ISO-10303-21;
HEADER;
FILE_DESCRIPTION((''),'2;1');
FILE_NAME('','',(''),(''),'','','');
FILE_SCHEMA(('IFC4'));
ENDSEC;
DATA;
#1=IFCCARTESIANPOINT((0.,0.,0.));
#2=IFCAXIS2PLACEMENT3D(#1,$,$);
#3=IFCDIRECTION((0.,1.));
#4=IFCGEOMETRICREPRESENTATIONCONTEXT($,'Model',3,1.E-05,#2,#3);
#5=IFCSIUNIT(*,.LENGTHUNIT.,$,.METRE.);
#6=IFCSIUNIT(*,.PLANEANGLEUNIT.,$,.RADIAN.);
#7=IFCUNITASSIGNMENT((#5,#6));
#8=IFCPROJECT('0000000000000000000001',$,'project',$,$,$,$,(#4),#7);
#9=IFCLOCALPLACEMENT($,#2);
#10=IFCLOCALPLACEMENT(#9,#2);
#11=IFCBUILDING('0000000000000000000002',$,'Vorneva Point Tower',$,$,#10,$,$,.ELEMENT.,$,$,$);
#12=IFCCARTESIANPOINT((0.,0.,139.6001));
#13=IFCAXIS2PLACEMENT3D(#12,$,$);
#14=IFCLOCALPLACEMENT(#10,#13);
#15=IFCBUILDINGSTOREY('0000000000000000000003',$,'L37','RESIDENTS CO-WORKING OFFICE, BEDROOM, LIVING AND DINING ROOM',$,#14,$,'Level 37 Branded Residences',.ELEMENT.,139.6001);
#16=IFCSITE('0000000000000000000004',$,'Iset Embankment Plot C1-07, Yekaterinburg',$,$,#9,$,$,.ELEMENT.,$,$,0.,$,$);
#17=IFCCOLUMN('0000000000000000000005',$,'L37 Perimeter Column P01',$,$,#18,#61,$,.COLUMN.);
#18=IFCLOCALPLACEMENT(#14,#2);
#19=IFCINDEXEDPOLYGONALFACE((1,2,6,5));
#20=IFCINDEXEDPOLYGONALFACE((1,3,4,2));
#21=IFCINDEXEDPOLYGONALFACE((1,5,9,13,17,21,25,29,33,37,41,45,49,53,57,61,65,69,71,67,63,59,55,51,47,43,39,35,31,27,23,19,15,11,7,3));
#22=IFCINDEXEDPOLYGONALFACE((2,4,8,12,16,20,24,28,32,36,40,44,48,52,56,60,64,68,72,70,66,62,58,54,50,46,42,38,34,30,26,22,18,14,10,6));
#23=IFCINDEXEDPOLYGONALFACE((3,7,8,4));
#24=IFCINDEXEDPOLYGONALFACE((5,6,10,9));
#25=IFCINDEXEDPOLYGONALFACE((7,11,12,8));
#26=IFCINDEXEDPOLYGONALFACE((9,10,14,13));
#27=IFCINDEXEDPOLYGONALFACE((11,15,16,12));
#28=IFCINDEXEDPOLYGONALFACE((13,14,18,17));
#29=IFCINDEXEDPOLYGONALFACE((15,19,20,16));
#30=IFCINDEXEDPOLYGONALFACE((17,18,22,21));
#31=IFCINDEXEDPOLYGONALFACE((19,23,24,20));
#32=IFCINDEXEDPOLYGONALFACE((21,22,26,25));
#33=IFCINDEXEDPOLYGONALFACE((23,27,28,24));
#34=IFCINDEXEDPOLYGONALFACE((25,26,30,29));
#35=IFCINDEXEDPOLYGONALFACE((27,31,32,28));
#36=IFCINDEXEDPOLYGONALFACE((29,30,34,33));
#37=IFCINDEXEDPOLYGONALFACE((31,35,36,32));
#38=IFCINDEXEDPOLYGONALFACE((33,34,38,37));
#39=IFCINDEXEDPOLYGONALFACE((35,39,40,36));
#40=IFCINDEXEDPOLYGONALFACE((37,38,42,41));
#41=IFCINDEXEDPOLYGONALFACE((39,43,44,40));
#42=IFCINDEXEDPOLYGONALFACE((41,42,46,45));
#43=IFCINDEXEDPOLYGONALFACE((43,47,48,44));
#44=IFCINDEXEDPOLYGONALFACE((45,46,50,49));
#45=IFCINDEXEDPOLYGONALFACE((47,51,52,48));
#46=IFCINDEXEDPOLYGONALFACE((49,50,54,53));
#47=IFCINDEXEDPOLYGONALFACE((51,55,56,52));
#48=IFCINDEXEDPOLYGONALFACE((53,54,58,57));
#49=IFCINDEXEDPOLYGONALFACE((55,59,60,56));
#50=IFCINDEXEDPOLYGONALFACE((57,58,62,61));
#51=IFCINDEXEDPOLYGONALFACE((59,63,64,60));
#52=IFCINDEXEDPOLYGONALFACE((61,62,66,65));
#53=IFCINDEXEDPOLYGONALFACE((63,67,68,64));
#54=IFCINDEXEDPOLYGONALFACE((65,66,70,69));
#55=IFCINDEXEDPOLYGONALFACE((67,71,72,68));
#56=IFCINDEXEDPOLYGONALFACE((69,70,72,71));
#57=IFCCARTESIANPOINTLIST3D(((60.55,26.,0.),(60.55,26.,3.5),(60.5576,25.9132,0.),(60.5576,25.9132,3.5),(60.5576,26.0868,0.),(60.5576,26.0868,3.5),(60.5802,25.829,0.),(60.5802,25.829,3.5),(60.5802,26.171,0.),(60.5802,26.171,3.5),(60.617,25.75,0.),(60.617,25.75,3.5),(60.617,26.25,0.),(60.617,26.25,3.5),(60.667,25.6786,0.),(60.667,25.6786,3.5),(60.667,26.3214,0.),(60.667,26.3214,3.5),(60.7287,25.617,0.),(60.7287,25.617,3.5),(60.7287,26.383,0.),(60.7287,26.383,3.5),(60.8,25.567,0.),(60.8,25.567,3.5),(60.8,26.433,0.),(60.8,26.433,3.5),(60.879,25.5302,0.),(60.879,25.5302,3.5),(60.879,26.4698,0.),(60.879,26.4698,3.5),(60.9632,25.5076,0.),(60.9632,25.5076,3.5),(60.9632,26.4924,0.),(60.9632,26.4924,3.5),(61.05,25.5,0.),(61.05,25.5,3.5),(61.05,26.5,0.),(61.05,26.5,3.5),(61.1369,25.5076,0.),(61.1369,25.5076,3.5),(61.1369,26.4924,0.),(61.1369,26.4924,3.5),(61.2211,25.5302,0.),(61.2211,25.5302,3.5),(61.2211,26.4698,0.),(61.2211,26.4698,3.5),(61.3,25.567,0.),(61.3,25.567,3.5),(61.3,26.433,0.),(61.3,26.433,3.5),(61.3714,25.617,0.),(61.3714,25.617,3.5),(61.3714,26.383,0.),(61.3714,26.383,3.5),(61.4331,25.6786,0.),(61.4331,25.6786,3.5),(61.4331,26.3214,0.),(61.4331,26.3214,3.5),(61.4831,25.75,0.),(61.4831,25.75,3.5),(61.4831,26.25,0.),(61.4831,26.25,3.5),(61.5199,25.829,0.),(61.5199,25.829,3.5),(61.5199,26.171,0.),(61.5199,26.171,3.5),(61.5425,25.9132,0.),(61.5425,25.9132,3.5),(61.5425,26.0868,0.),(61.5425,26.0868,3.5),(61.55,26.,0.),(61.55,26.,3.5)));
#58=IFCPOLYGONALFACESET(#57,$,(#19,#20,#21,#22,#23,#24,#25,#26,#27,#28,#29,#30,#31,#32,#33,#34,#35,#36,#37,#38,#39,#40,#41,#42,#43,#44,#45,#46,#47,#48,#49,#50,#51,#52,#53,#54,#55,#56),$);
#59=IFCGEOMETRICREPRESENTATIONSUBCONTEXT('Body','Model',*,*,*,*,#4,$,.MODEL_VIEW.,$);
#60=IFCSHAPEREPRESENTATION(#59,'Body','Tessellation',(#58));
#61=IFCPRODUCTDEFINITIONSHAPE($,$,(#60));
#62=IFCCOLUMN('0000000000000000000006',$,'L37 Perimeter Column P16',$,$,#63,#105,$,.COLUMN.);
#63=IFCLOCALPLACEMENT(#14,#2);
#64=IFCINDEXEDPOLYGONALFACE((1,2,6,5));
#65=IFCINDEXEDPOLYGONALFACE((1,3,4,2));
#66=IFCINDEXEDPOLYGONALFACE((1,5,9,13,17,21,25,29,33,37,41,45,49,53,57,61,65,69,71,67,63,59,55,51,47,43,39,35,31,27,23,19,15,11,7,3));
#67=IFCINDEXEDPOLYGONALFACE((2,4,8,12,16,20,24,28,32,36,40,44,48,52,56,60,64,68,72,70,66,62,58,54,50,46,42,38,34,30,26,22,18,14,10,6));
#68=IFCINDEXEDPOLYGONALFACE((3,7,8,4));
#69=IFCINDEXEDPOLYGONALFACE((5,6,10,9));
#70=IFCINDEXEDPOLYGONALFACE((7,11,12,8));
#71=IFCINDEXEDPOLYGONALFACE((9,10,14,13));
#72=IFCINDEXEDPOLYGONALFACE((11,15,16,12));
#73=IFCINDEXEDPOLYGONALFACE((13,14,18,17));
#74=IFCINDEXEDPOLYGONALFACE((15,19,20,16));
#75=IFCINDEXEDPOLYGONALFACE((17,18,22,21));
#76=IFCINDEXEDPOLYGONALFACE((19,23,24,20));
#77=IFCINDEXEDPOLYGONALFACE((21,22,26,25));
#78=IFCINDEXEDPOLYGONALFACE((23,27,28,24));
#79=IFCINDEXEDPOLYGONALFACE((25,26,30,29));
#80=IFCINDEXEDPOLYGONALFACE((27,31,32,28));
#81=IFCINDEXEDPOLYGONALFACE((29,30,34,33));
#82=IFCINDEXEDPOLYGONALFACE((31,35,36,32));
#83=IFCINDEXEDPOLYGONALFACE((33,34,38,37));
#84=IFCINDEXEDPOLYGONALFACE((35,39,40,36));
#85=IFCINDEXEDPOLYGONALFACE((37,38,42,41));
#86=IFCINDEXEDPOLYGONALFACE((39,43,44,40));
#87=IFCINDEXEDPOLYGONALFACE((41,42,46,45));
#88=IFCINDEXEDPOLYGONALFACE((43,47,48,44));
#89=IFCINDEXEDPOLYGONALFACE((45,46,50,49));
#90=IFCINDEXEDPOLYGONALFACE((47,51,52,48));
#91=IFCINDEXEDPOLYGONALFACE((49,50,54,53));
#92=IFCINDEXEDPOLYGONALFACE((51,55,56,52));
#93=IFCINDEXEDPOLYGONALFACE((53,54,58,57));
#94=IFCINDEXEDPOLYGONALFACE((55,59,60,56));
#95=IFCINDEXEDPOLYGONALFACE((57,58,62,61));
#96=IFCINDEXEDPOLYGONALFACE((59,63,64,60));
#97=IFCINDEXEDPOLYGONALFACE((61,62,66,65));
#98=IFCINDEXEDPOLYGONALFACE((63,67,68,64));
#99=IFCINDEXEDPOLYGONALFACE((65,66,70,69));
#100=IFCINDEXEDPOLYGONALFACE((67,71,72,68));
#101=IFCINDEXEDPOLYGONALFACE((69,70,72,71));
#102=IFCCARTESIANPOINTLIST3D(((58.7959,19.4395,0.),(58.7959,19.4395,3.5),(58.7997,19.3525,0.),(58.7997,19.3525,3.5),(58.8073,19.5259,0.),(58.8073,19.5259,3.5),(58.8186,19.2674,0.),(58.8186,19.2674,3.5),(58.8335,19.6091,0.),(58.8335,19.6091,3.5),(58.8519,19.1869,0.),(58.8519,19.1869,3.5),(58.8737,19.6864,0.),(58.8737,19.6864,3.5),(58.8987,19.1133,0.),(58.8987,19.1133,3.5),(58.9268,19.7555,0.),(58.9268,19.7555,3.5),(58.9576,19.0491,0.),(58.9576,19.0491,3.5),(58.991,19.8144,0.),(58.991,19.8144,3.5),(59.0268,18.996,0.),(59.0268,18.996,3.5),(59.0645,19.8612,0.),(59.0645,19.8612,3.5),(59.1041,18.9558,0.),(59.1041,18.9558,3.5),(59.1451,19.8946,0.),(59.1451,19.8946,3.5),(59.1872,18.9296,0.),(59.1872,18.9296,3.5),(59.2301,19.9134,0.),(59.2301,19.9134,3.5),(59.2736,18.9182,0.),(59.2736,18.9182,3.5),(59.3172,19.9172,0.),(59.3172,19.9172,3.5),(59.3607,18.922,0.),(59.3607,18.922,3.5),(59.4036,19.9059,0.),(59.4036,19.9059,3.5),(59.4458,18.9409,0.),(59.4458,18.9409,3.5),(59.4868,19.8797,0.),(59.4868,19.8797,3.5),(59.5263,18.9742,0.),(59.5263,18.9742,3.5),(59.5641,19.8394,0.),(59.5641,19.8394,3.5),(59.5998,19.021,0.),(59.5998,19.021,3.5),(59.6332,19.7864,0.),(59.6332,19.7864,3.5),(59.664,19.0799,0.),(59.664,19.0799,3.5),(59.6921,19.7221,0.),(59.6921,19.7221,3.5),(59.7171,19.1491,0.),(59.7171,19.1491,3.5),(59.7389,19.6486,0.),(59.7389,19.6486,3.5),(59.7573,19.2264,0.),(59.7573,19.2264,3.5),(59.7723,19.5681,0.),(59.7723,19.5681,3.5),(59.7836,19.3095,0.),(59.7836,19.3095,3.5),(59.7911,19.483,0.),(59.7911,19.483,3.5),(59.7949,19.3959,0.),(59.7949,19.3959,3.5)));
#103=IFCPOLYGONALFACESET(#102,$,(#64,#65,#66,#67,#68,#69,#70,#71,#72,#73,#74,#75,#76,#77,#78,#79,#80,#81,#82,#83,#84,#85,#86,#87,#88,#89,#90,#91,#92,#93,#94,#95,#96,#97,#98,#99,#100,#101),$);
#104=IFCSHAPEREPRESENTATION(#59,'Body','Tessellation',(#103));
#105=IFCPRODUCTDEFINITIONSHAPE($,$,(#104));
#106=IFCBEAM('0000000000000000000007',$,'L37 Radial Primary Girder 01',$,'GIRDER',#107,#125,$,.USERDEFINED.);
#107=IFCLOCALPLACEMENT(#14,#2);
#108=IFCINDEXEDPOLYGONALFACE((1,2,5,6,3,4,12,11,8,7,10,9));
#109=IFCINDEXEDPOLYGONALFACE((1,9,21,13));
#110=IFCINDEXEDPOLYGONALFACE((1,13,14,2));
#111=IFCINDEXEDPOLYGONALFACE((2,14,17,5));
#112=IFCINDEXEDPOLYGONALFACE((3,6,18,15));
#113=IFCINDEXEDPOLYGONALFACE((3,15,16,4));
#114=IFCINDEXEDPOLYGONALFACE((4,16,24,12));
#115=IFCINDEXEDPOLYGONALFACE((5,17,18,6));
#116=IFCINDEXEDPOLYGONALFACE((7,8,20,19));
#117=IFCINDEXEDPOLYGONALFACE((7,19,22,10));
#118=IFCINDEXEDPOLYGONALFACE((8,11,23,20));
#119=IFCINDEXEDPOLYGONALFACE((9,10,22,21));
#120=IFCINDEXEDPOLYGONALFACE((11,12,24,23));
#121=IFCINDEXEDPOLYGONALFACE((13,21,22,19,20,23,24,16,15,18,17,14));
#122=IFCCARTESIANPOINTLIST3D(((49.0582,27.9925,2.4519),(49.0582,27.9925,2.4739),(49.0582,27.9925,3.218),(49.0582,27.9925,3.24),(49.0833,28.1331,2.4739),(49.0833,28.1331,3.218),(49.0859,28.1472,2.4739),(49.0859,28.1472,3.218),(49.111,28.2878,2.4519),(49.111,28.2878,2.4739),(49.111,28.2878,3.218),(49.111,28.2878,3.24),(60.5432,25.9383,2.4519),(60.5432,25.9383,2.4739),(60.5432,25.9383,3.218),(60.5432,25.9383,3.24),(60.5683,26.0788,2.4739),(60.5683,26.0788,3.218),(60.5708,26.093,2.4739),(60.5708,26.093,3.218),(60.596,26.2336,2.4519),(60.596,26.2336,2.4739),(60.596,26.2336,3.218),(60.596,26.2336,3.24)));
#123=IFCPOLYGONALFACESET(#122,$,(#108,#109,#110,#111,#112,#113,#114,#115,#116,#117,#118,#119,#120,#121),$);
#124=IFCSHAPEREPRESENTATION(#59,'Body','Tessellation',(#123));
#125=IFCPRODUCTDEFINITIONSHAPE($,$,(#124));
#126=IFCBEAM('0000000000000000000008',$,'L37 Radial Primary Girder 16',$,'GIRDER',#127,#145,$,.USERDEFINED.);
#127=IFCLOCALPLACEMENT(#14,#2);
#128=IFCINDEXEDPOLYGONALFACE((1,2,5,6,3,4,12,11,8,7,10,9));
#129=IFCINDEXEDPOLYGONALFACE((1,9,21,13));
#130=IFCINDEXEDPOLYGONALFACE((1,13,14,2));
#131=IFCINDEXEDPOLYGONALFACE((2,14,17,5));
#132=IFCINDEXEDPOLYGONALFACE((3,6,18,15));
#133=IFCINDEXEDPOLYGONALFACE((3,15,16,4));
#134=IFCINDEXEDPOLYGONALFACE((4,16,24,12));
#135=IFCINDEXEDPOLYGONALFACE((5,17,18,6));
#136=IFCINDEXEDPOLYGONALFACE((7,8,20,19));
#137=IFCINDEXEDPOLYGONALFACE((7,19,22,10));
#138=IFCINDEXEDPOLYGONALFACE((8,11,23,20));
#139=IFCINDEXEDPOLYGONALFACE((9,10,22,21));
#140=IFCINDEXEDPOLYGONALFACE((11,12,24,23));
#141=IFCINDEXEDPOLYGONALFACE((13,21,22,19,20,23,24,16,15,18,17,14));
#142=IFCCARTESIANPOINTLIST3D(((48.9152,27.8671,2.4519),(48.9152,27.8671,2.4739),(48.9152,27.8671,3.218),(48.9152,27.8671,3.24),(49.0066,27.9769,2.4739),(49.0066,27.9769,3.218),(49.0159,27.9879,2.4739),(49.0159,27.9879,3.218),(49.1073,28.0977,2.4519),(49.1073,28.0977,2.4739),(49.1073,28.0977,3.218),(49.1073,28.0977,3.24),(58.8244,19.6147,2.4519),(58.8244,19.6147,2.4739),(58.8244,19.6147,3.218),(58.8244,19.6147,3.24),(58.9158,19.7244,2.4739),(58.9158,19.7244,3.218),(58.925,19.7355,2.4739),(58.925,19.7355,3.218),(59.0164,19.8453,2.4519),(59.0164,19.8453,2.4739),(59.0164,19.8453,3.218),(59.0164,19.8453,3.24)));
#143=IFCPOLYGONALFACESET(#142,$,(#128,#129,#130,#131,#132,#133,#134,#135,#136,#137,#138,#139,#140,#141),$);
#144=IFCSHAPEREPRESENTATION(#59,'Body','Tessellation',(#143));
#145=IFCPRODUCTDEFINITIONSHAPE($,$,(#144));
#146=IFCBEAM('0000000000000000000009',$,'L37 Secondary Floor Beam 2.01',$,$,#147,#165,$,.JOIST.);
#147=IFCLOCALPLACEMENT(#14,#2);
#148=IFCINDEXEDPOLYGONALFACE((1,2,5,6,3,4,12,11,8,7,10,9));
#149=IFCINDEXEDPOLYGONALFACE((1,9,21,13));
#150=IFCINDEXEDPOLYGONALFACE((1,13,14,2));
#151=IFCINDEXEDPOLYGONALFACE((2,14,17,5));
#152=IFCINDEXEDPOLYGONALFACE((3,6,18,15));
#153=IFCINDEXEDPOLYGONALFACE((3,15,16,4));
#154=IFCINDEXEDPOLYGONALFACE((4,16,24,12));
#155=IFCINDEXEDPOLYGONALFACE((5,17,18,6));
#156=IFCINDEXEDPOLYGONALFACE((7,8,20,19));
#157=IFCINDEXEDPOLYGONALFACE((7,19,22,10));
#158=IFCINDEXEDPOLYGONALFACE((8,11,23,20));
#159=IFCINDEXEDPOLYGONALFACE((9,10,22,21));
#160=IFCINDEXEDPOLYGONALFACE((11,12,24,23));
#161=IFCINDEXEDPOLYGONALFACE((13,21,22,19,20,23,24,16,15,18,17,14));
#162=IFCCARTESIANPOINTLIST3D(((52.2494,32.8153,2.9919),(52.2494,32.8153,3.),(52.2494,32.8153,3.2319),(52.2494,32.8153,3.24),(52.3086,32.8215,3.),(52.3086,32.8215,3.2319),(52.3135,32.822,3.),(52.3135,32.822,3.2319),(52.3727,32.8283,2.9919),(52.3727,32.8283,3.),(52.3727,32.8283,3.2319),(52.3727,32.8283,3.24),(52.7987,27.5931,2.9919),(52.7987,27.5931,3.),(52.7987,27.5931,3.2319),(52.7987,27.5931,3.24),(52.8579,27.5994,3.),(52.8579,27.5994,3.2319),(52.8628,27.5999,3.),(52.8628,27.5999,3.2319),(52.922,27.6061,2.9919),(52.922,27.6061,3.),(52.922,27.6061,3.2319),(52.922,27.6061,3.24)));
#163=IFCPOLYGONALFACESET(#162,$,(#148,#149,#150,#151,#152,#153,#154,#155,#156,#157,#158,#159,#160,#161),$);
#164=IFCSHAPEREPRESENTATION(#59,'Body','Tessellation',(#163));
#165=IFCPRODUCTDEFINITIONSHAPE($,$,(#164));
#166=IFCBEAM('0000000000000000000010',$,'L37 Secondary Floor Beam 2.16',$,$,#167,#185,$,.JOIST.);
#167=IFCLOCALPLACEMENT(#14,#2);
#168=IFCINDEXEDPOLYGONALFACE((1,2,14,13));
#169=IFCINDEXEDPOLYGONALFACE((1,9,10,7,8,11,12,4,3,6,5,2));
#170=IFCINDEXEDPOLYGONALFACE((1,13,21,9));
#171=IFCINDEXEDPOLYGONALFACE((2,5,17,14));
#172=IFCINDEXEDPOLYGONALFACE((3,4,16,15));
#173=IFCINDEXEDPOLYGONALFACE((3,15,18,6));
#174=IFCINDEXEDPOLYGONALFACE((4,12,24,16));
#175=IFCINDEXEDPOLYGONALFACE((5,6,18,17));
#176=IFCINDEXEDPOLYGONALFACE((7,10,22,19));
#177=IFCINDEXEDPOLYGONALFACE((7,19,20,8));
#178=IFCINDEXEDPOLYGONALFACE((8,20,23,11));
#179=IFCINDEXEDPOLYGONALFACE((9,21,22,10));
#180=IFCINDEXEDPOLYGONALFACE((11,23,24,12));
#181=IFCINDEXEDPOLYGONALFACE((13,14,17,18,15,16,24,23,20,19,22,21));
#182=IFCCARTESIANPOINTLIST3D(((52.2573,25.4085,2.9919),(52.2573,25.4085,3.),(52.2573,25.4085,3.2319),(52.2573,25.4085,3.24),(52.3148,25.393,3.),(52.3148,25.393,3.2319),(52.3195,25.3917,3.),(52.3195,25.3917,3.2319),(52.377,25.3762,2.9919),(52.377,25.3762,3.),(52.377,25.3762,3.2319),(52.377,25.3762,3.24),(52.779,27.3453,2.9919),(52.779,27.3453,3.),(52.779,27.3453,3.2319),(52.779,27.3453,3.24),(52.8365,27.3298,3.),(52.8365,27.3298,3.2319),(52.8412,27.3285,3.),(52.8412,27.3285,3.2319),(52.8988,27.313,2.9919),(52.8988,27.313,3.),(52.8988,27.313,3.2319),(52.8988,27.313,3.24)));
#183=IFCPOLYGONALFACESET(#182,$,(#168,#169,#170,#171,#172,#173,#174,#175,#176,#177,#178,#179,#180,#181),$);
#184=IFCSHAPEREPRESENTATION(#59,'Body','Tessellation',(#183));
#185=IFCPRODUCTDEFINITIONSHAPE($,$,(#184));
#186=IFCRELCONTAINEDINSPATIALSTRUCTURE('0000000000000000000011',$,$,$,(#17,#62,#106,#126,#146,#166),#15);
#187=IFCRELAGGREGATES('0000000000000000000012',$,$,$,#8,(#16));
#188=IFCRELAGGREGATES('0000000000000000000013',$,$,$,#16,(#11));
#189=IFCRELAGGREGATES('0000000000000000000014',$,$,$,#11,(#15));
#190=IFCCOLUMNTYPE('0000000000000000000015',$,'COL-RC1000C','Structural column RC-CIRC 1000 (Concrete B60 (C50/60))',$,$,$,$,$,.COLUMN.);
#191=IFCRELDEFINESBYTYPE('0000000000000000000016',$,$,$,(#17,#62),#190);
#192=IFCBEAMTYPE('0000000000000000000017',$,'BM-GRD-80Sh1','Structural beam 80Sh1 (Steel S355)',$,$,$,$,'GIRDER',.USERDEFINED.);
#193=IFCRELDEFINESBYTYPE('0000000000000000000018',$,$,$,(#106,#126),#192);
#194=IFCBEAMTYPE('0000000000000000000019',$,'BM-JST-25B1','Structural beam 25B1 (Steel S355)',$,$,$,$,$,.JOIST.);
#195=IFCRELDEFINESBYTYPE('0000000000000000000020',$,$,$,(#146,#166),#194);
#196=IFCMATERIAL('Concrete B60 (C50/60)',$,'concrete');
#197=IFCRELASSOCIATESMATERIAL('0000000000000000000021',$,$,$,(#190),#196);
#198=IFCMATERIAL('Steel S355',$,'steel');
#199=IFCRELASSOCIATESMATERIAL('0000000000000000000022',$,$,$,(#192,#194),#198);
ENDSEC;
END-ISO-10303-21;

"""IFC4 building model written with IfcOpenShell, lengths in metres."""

from ifc_helpers import new_model, si_unit, direction, frame, origin, origin_2d, place, context, subcontext, project, spatial, circle, i_section, extrude, material, material_profile, profile_set, type_object, element, save


model = new_model("IFC4")

# Units and contexts
model_context = context("Model", 3, precision=1e-05, world=origin(), true_north=direction((0.0, 1.0)))
body_context = subcontext(model_context, "Body", "Model", "MODEL_VIEW")
ifc_project = project(units=[si_unit("LENGTHUNIT", "METRE"), si_unit("PLANEANGLEUNIT", "RADIAN")], contexts=[model_context])

# Site, building, storey
site_placement = place(None, origin())
site = spatial("IfcSite", under=ifc_project, at=site_placement, Name="Iset Embankment Plot C1-07, Yekaterinburg", CompositionType="ELEMENT", RefElevation=0.0)
building_placement = place(site_placement, origin())
building = spatial("IfcBuilding", under=site, at=building_placement, Name="Vorneva Point Tower", CompositionType="ELEMENT")
storey_placement = place(building_placement, frame((0.0, 0.0, 139.6001)))
storey = spatial("IfcBuildingStorey", under=building, at=storey_placement, Name="L37", Description="RESIDENTS CO-WORKING OFFICE, BEDROOM, LIVING AND DINING ROOM", LongName="Level 37 Branded Residences", CompositionType="ELEMENT", Elevation=139.6001)

# Columns
ifc_material_1 = material(Name="Concrete B60 (C50/60)", Category="concrete")
ifc_material_profile_1 = material_profile(ifc_material_1, circle(Radius=0.5, at=origin_2d()), Name="RC-CIRC 1000")
ifc_profile_set_1 = profile_set([ifc_material_profile_1], Name="Concrete B60 (C50/60)")
column_type = type_object("IfcColumnType", Name="COL-RC1000C", Description="Structural column RC-CIRC 1000 (Concrete B60 (C50/60))", PredefinedType="COLUMN", material=ifc_profile_set_1)
for number, where, z_axis, x_axis, name in (
    (1, (61.05, 26.0, 0.0), (0.0, 0.0, 1.0), (1.0, 0.0, 0.0), "L37 Perimeter Column P01"),
    (2, (59.2954, 19.4177, 0.0), (0.0, 0.0, 1.0), (0.92388, -0.382683, 0.0), "L37 Perimeter Column P16"),
):
    element("IfcColumn", number, at=place(storey_placement, frame(where, z_axis=z_axis, x_axis=x_axis)), inside=storey, type_object=column_type, Name=name, PredefinedType="COLUMN", context=body_context, shape_type="SweptSolid", body=[
        extrude(circle(Radius=0.5, at=origin_2d()), origin(), (0.0, 0.0, 1.0), 3.5),
    ])

# Beams
ifc_material_2 = material(Name="Steel S355", Category="steel")
ifc_material_profile_2 = material_profile(ifc_material_2, i_section(OverallWidth=0.3, OverallDepth=0.7881, WebThickness=0.0144, FlangeThickness=0.022, at=origin_2d()), Name="80Sh1")
ifc_profile_set_2 = profile_set([ifc_material_profile_2], Name="Steel S355")
beam_type_1 = type_object("IfcBeamType", Name="BM-GRD-80Sh1", Description="Structural beam 80Sh1 (Steel S355)", ElementType="GIRDER", PredefinedType="USERDEFINED", material=ifc_profile_set_2)
beam_1_placement = place(storey_placement, frame((60.5696, 26.0859, 2.8459), z_axis=(-0.984378, 0.176067, 0.0), x_axis=(-0.176067, -0.984378, 0.0)))
element("IfcBeam", 3, at=beam_1_placement, inside=storey, type_object=beam_type_1, Name="L37 Radial Primary Girder 01", ObjectType="GIRDER", PredefinedType="USERDEFINED", context=body_context, shape_type="SweptSolid", body=[
    extrude(i_section(OverallWidth=0.3, OverallDepth=0.7881, WebThickness=0.0144, FlangeThickness=0.022, at=origin_2d()), origin(), (0.0, 0.0, 1.0), 11.6672),
])
beam_2_placement = place(storey_placement, frame((58.9204, 19.73, 2.8459), z_axis=(-0.76842, 0.639946, 0.0), x_axis=(-0.639946, -0.76842, 0.0)))
element("IfcBeam", 4, at=beam_2_placement, inside=storey, type_object=beam_type_1, Name="L37 Radial Primary Girder 16", ObjectType="GIRDER", PredefinedType="USERDEFINED", context=body_context, shape_type="SweptSolid", body=[
    extrude(i_section(OverallWidth=0.3, OverallDepth=0.7881, WebThickness=0.0144, FlangeThickness=0.022, at=origin_2d()), origin(), (0.0, 0.0, 1.0), 12.8955),
])
ifc_material_profile_3 = material_profile(ifc_material_2, i_section(OverallWidth=0.124, OverallDepth=0.248, WebThickness=0.0049, FlangeThickness=0.0081, at=origin_2d()), Name="25B1")
ifc_profile_set_3 = profile_set([ifc_material_profile_3], Name="Steel S355")
beam_type_2 = type_object("IfcBeamType", Name="BM-JST-25B1", Description="Structural beam 25B1 (Steel S355)", PredefinedType="JOIST", material=ifc_profile_set_3)
beam_3_placement = place(storey_placement, frame((52.8604, 27.5996, 3.116), z_axis=(-0.104612, 0.994513, 0.0), x_axis=(-0.994513, -0.104612, 0.0)))
element("IfcBeam", 5, at=beam_3_placement, inside=storey, type_object=beam_type_2, Name="L37 Secondary Floor Beam 2.01", PredefinedType="JOIST", context=body_context, shape_type="SweptSolid", body=[
    extrude(i_section(OverallWidth=0.124, OverallDepth=0.248, WebThickness=0.0049, FlangeThickness=0.0081, at=origin_2d()), origin(), (0.0, 0.0, 1.0), 5.251),
])
beam_4_placement = place(storey_placement, frame((52.3171, 25.3923, 3.116), z_axis=(0.260109, 0.965579, 0.0), x_axis=(-0.965579, 0.260109, 0.0)))
element("IfcBeam", 6, at=beam_4_placement, inside=storey, type_object=beam_type_2, Name="L37 Secondary Floor Beam 2.16", PredefinedType="JOIST", context=body_context, shape_type="SweptSolid", body=[
    extrude(i_section(OverallWidth=0.124, OverallDepth=0.248, WebThickness=0.0049, FlangeThickness=0.0081, at=origin_2d()), origin(), (0.0, 0.0, 1.0), 2.0059),
])

save(model, "model.ifc")
